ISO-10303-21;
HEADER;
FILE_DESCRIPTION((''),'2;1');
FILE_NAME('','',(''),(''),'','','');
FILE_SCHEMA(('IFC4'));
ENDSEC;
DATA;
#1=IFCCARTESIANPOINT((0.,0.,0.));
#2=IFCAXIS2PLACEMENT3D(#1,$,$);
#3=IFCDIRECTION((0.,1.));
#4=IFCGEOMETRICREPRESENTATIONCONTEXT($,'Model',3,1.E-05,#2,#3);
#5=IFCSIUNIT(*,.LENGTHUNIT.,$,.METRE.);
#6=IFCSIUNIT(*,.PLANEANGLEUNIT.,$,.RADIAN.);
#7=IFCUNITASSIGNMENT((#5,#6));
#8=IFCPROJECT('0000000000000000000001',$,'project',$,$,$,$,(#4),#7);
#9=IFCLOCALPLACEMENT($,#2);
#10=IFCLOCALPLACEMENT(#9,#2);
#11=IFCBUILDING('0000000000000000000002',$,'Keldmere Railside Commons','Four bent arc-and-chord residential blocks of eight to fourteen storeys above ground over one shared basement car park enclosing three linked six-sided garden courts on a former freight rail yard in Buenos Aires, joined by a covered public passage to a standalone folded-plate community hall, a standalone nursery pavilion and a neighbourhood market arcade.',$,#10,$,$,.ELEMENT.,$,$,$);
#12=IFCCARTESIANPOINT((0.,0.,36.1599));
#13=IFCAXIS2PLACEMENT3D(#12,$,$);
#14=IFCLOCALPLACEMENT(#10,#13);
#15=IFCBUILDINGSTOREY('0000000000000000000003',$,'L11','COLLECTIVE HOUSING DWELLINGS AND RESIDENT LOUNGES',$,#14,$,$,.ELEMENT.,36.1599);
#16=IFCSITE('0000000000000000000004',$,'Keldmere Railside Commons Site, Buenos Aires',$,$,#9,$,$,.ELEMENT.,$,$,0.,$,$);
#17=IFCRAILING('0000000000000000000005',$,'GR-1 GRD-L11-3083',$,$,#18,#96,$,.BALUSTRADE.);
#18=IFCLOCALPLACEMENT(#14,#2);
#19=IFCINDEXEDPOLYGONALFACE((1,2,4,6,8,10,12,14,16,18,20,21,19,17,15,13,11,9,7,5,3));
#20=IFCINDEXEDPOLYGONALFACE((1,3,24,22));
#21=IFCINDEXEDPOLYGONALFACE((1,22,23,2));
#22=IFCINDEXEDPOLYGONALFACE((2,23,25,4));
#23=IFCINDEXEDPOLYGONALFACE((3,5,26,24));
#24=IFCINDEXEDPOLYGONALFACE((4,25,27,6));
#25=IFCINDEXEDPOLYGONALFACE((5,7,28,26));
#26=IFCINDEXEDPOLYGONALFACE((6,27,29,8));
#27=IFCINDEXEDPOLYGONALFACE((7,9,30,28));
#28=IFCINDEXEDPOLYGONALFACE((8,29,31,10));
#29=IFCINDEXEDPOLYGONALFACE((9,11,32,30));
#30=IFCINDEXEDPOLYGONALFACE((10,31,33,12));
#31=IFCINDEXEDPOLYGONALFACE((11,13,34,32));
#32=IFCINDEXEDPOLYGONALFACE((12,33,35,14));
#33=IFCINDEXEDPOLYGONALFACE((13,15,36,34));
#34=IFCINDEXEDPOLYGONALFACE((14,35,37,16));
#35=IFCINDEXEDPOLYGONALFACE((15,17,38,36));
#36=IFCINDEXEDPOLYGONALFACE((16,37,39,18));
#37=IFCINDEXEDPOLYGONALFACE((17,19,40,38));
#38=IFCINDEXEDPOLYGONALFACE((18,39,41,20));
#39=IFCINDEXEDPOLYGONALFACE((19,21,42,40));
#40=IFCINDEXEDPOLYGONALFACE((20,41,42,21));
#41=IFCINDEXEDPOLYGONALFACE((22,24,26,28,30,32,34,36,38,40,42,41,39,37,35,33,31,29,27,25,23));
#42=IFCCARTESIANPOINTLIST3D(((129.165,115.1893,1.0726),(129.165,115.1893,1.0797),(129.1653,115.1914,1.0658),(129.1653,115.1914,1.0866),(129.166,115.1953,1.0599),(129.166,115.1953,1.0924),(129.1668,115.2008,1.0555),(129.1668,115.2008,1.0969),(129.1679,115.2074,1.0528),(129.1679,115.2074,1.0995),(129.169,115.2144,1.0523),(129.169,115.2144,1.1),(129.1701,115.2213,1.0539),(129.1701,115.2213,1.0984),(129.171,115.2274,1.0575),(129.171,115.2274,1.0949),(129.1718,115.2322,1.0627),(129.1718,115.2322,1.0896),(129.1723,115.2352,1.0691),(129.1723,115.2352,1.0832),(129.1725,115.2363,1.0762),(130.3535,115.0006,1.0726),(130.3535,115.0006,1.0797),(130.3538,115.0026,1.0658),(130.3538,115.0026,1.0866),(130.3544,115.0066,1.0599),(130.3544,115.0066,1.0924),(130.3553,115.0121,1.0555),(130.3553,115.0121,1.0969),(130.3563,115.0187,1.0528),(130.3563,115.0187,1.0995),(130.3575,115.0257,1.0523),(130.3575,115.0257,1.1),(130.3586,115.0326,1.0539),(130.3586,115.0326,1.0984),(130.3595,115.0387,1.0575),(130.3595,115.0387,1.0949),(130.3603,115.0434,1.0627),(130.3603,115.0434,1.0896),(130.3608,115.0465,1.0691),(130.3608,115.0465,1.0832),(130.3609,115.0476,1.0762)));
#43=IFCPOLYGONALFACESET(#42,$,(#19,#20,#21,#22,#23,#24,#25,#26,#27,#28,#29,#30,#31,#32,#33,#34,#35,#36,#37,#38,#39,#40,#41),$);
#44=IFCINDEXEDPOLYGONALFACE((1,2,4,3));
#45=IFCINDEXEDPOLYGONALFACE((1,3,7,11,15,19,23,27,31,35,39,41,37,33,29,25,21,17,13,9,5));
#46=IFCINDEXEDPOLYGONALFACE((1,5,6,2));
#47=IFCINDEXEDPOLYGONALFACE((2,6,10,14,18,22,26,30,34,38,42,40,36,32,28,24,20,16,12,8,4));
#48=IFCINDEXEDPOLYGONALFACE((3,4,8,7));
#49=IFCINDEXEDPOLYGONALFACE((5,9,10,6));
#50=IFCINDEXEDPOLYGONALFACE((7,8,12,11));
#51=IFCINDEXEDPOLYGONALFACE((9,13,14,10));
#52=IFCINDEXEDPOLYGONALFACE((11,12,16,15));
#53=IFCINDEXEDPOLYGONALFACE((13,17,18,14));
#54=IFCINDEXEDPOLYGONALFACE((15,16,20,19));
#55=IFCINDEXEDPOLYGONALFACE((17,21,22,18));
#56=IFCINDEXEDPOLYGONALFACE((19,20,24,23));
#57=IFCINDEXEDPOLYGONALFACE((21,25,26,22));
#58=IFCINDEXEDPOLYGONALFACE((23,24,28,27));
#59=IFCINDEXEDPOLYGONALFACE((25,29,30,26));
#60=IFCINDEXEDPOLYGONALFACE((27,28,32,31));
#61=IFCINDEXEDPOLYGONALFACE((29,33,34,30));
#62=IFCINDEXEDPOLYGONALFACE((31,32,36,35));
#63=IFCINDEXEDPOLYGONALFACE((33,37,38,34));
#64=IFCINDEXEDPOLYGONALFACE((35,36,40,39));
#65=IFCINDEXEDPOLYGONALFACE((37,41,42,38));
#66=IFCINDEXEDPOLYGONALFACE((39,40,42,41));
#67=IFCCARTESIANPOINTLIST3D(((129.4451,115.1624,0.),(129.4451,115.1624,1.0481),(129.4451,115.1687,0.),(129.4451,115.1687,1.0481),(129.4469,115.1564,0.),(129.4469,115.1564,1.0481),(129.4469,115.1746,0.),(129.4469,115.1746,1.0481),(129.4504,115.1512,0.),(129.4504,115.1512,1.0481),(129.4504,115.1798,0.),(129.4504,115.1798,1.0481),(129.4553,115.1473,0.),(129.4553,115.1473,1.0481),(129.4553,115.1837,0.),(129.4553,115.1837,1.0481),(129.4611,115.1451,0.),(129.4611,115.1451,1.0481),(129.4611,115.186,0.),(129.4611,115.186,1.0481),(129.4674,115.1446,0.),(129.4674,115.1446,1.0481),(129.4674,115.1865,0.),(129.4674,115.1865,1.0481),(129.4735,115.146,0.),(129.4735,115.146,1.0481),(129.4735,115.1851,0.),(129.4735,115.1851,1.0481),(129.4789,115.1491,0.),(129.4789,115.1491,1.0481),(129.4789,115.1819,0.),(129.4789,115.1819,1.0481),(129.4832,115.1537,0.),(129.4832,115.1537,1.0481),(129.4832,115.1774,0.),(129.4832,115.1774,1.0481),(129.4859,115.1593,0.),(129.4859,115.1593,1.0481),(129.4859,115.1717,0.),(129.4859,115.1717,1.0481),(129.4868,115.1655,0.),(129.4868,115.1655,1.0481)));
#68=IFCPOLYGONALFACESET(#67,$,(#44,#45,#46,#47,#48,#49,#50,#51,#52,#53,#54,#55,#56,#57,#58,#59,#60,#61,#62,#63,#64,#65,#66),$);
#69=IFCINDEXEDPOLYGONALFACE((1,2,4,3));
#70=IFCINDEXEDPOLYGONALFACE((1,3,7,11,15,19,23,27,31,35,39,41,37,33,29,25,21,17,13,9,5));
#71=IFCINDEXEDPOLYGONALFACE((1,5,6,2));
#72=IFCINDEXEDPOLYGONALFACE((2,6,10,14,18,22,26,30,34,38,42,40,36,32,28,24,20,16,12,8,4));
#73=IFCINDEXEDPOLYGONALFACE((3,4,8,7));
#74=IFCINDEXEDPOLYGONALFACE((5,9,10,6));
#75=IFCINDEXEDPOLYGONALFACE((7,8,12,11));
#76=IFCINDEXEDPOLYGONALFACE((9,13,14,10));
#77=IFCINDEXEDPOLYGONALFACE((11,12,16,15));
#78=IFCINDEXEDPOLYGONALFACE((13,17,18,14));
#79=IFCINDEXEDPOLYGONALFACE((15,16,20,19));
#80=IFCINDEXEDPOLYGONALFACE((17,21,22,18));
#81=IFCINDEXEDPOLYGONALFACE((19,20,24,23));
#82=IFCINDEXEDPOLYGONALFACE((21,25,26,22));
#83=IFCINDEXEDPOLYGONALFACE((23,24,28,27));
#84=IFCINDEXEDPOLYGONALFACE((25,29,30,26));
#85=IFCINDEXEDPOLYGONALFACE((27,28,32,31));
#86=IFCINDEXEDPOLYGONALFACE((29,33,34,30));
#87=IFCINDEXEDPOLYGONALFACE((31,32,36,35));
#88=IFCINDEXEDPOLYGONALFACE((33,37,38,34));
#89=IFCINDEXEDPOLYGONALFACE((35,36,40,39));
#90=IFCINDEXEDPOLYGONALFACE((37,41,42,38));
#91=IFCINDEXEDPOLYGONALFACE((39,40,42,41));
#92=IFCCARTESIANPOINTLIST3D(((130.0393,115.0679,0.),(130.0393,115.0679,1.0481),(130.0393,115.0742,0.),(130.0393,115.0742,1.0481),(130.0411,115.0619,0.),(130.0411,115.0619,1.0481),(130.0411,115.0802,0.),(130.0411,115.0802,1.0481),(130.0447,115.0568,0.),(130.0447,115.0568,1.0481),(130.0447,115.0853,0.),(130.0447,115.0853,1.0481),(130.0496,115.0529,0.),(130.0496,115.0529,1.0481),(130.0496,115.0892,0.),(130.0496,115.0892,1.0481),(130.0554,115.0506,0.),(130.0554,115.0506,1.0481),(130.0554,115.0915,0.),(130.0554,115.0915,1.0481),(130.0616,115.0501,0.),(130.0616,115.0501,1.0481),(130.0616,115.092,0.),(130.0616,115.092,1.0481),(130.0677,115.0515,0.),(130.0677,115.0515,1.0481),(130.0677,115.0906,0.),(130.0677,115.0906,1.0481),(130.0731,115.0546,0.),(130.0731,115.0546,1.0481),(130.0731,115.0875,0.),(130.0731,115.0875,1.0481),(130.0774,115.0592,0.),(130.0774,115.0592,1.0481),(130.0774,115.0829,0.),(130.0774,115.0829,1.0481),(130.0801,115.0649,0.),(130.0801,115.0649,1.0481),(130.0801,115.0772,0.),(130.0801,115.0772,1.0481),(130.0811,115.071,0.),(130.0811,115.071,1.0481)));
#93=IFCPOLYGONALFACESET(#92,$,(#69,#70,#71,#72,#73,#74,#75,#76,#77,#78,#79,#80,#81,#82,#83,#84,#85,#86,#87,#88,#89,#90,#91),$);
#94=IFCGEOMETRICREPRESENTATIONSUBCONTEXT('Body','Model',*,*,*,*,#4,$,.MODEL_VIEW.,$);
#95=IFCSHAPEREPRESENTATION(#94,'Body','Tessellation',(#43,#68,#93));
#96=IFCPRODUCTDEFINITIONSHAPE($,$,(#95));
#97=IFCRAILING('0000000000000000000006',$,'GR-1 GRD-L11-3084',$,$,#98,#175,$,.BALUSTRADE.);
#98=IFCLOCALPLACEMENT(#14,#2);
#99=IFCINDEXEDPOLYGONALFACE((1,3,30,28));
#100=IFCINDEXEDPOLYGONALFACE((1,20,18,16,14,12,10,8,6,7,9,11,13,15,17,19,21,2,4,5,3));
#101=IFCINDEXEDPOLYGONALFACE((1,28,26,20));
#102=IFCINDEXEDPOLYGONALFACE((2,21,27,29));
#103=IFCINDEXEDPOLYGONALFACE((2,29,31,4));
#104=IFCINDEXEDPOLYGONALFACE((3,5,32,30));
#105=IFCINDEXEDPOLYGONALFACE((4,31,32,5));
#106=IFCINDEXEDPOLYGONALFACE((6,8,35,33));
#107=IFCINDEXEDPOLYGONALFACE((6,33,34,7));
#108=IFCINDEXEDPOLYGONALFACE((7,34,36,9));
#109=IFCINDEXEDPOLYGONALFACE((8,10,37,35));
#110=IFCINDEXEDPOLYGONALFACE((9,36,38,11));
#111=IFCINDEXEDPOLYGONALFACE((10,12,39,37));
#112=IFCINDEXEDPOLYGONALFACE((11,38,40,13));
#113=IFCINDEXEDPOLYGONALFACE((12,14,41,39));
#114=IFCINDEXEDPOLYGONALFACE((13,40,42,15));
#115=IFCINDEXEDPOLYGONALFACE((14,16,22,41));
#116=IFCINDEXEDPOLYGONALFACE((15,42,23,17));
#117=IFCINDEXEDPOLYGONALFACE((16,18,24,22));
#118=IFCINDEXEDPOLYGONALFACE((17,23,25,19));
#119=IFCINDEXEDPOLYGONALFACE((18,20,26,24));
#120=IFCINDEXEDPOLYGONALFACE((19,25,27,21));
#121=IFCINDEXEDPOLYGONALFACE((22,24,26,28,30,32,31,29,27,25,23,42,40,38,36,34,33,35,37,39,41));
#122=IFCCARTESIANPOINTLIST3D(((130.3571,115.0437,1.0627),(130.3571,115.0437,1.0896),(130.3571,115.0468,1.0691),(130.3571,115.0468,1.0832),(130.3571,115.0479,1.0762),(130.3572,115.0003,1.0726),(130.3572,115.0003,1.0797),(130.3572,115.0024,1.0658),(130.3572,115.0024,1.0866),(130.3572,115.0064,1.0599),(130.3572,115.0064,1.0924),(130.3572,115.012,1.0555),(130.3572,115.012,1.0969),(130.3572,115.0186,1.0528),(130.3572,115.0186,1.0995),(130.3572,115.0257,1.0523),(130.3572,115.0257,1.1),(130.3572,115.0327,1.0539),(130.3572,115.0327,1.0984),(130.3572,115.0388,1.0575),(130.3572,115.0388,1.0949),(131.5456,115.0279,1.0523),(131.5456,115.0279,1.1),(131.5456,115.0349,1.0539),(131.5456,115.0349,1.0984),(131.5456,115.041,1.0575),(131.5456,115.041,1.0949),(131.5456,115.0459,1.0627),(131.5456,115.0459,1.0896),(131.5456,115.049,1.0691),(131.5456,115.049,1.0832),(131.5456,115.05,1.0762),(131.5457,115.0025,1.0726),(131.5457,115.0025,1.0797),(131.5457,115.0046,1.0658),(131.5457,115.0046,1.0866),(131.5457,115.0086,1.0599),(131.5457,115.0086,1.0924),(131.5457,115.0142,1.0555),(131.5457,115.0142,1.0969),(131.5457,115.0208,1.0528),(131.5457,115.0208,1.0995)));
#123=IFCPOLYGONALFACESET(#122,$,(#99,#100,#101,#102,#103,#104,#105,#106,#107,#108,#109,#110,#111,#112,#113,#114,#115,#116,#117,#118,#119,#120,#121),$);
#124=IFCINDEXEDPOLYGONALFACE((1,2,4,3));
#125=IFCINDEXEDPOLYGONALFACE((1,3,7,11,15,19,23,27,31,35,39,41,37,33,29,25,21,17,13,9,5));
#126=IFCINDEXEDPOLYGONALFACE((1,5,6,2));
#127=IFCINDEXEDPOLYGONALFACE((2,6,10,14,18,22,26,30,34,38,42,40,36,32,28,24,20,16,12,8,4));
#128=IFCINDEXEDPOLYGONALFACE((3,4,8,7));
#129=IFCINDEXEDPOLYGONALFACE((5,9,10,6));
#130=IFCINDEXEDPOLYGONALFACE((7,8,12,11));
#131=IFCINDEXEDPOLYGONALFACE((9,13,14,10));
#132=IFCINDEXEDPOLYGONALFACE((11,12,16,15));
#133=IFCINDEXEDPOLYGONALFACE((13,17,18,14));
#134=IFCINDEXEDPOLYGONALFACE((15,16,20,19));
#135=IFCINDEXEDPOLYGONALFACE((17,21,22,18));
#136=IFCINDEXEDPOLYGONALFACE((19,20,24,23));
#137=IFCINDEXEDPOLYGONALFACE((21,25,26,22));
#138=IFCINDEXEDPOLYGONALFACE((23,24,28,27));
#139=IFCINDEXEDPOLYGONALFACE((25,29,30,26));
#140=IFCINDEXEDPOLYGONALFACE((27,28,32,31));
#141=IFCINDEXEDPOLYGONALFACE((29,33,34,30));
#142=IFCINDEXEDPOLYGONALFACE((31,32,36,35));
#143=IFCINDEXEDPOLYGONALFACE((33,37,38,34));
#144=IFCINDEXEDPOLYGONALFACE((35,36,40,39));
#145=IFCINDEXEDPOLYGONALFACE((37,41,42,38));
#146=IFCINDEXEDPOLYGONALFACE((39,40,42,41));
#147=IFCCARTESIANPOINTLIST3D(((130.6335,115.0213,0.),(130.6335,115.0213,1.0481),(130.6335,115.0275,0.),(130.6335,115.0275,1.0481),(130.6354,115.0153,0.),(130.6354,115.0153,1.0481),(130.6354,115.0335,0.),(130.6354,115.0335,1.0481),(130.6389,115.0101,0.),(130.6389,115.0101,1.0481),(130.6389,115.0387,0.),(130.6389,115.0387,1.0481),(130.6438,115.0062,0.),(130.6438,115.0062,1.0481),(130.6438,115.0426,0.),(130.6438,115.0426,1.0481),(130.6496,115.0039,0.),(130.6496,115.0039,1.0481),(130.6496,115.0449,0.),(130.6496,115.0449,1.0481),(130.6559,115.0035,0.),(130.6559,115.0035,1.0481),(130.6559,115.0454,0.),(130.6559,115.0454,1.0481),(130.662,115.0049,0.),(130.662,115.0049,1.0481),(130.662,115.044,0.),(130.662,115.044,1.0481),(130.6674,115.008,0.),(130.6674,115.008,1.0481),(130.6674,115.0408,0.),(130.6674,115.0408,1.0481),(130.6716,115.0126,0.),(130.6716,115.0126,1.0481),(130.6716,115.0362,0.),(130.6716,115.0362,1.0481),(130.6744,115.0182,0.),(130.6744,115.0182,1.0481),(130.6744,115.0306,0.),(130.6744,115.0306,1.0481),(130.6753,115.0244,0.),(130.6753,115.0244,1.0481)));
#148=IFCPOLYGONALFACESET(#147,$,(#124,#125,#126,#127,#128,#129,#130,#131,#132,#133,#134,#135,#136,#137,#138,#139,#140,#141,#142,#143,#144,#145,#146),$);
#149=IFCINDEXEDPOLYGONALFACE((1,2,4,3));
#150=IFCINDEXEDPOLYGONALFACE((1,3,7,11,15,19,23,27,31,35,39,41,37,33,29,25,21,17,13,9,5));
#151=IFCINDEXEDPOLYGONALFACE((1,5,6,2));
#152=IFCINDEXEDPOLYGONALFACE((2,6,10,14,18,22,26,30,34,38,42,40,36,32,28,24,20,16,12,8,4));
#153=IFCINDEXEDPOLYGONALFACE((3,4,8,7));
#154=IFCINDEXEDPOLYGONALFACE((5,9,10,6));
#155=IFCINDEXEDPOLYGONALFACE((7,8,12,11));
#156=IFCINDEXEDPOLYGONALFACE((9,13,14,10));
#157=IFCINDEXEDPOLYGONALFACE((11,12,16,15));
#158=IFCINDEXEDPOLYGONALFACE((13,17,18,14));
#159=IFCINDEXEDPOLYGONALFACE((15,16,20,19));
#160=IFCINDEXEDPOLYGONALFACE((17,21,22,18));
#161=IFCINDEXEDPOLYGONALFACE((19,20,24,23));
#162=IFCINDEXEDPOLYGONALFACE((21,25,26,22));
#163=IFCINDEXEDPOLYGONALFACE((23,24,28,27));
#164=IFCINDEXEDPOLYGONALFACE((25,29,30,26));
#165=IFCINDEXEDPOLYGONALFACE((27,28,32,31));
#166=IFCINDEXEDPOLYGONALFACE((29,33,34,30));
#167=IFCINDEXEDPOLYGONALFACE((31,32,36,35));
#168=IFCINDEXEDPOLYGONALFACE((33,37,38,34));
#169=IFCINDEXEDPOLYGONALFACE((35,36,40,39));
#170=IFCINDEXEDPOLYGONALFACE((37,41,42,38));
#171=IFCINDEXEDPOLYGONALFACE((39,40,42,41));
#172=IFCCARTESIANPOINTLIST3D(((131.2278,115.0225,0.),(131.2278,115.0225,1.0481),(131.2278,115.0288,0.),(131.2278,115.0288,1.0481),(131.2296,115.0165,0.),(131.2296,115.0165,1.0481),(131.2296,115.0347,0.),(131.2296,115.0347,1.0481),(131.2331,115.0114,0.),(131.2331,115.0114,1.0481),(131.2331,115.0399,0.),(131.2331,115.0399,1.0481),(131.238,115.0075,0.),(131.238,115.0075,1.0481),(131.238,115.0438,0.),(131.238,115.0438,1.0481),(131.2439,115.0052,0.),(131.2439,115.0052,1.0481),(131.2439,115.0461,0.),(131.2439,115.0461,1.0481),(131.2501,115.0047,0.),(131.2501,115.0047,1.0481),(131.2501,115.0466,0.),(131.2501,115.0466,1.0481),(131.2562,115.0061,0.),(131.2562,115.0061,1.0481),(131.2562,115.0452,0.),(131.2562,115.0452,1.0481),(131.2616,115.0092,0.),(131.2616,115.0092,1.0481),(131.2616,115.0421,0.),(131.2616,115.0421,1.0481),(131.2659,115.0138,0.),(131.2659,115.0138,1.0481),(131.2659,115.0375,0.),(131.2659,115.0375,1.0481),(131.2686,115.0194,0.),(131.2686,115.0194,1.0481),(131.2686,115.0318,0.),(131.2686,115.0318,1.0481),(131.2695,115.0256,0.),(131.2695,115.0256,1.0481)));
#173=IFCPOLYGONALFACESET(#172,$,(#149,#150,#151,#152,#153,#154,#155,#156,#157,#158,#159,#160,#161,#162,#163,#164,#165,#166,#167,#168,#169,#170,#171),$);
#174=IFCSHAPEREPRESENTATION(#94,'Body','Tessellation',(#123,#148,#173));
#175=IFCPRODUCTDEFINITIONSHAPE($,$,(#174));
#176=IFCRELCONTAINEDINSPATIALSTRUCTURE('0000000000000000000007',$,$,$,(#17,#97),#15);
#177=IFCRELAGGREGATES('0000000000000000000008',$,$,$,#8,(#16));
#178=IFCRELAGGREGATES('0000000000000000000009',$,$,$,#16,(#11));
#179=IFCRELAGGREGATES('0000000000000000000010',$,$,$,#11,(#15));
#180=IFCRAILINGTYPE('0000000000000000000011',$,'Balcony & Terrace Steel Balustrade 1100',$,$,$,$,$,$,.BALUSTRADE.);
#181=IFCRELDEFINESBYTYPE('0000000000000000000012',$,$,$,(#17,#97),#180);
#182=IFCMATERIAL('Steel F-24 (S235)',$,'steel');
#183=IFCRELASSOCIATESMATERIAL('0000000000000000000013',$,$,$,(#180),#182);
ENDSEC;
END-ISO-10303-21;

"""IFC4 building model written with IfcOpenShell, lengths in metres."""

from ifc_helpers import new_model, si_unit, direction, frame, origin, origin_2d, place, context, subcontext, project, spatial, circle, extrude, material, type_object, element, save


model = new_model("IFC4")

# Units and contexts
model_context = context("Model", 3, precision=1e-05, world=origin(), true_north=direction((0.0, 1.0)))
body_context = subcontext(model_context, "Body", "Model", "MODEL_VIEW")
ifc_project = project(units=[si_unit("LENGTHUNIT", "METRE"), si_unit("PLANEANGLEUNIT", "RADIAN")], contexts=[model_context])

# Site, building, storey
site_placement = place(None, origin())
site = spatial("IfcSite", under=ifc_project, at=site_placement, Name="Keldmere Railside Commons Site, Buenos Aires", CompositionType="ELEMENT", RefElevation=0.0)
building_placement = place(site_placement, origin())
building = spatial("IfcBuilding", under=site, at=building_placement, Name="Keldmere Railside Commons", Description="Four bent arc-and-chord residential blocks of eight to fourteen storeys above ground over one shared basement car park enclosing three linked six-sided garden courts on a former freight rail yard in Buenos Aires, joined by a covered public passage to a standalone folded-plate community hall, a standalone nursery pavilion and a neighbourhood market arcade.", CompositionType="ELEMENT")
storey_placement = place(building_placement, frame((0.0, 0.0, 36.1599)))
storey = spatial("IfcBuildingStorey", under=building, at=storey_placement, Name="L11", Description="COLLECTIVE HOUSING DWELLINGS AND RESIDENT LOUNGES", CompositionType="ELEMENT", Elevation=36.1599)

# Railings
ifc_material_1 = material(Name="Steel F-24 (S235)", Category="steel")
railing_type_1 = type_object("IfcRailingType", Name="Balcony & Terrace Steel Balustrade 1100", PredefinedType="BALUSTRADE", material=ifc_material_1)
railing_1_placement = place(storey_placement, frame((129.1687, 115.2126, 0.0)))
element("IfcRailing", 1, at=railing_1_placement, inside=storey, type_object=railing_type_1, Name="GR-1 GRD-L11-3083", PredefinedType="BALUSTRADE", context=body_context, shape_type="SweptSolid", body=[
    extrude(circle(Radius=0.0239, at=origin_2d()), frame((0.0, 0.0, 1.0762), z_axis=(0.987626, -0.156827, 0.0), x_axis=(0.156827, 0.987626, 0.0)), (0.0, 0.0, 1.0), 1.2034),
    extrude(circle(Radius=0.021, at=origin_2d()), frame((0.2971, -0.0471, 0.0)), (0.0, 0.0, 1.0), 1.0481),
    extrude(circle(Radius=0.021, at=origin_2d()), frame((0.8914, -0.1416, 0.0)), (0.0, 0.0, 1.0), 1.0481),
])
railing_2_placement = place(storey_placement, frame((130.3572, 115.0239, 0.0)))
element("IfcRailing", 2, at=railing_2_placement, inside=storey, type_object=railing_type_1, Name="GR-1 GRD-L11-3084", PredefinedType="BALUSTRADE", context=body_context, shape_type="SweptSolid", body=[
    extrude(circle(Radius=0.0239, at=origin_2d()), frame((0.0, 0.0, 1.0762), z_axis=(0.999998, 0.001849, 0.0), x_axis=(-0.001849, 0.999998, 0.0)), (0.0, 0.0, 1.0), 1.1885),
    extrude(circle(Radius=0.021, at=origin_2d()), frame((0.2971, 0.0005, 0.0)), (0.0, 0.0, 1.0), 1.0481),
    extrude(circle(Radius=0.021, at=origin_2d()), frame((0.8914, 0.0017, 0.0)), (0.0, 0.0, 1.0), 1.0481),
])

save(model, "model.ifc")
